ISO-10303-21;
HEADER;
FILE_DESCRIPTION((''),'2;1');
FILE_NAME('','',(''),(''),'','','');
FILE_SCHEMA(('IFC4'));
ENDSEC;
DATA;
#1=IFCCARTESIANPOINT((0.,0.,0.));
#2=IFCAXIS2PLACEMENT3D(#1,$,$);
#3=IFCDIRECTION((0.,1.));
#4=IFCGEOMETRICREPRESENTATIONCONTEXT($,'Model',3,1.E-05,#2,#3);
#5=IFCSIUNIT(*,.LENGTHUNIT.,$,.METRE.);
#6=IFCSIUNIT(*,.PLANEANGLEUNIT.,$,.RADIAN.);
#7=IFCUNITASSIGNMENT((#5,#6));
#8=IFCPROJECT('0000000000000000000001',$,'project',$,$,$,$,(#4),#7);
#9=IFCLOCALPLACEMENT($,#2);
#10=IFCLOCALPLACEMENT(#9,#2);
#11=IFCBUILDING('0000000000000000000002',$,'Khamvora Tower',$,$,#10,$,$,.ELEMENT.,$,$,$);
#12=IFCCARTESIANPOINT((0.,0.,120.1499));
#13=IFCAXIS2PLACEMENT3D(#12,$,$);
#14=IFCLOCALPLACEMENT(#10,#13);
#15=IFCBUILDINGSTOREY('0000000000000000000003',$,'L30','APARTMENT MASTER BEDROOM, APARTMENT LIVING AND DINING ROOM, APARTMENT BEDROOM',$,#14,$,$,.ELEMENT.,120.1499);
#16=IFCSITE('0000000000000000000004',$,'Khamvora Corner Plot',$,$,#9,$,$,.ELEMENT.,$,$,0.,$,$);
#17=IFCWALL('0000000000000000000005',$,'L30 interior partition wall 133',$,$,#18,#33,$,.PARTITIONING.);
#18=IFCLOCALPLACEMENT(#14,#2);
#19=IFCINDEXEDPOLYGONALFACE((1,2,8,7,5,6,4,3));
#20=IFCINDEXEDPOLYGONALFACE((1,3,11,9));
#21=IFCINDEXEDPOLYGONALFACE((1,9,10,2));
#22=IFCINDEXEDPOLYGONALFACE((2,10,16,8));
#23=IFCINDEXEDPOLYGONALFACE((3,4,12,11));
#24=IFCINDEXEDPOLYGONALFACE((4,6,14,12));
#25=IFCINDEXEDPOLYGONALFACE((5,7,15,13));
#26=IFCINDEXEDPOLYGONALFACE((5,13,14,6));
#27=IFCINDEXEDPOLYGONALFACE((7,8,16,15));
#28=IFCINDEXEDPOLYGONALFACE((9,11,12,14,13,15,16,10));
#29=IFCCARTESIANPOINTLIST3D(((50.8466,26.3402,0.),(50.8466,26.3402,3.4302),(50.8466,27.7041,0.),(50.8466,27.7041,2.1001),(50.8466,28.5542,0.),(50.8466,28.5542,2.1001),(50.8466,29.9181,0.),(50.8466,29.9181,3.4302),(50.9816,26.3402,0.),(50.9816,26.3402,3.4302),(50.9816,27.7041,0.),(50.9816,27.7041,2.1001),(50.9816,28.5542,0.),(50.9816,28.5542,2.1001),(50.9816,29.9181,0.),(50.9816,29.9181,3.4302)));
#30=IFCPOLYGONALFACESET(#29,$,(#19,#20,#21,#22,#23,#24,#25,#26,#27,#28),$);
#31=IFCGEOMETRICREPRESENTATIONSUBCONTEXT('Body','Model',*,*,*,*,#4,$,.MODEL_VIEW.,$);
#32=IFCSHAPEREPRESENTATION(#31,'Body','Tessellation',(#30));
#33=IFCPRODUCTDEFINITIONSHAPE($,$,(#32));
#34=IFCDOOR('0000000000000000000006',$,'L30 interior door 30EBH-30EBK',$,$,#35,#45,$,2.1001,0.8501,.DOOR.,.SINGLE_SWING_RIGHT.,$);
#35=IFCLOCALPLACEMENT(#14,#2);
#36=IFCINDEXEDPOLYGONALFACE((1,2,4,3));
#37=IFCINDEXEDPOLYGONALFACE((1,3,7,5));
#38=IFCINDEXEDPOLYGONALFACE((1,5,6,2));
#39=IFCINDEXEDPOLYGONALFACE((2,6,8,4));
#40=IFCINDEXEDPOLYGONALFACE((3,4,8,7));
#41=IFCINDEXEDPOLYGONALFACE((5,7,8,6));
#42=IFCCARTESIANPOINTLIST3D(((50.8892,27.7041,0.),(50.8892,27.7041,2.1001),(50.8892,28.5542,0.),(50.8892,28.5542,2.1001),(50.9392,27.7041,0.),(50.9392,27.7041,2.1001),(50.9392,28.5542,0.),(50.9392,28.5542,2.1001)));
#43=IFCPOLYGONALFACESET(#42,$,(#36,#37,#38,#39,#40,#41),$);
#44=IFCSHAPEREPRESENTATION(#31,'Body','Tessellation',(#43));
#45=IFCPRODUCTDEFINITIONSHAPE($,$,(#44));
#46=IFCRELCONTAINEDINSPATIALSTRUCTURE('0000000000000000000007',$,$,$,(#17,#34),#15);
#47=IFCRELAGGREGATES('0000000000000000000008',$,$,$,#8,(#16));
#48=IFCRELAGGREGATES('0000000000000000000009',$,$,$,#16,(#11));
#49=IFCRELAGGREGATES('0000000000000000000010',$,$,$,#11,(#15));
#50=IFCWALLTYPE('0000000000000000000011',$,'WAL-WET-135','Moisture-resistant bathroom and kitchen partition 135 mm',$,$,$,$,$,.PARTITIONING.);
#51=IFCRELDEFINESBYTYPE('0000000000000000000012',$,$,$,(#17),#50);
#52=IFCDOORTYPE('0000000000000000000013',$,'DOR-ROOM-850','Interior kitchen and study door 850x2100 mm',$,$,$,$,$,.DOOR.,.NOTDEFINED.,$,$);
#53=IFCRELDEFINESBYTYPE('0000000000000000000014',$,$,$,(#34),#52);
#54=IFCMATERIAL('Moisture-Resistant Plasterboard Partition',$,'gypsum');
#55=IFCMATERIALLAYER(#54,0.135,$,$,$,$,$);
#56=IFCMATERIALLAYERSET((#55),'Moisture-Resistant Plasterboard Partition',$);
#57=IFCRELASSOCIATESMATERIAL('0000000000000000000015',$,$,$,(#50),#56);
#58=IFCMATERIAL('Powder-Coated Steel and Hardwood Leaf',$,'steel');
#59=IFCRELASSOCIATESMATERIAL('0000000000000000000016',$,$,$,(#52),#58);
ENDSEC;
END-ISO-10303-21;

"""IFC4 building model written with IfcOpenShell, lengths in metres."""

from ifc_helpers import new_model, si_unit, direction, frame, frame_2d, origin, place, context, subcontext, project, spatial, rectangle, extrude, material, layer, layer_set, type_object, element, fill, save


model = new_model("IFC4")

# Units and contexts
model_context = context("Model", 3, precision=1e-05, world=origin(), true_north=direction((0.0, 1.0)))
body_context = subcontext(model_context, "Body", "Model", "MODEL_VIEW")
ifc_project = project(units=[si_unit("LENGTHUNIT", "METRE"), si_unit("PLANEANGLEUNIT", "RADIAN")], contexts=[model_context])

# Site, building, storey
site_placement = place(None, origin())
site = spatial("IfcSite", under=ifc_project, at=site_placement, Name="Khamvora Corner Plot", CompositionType="ELEMENT", RefElevation=0.0)
building_placement = place(site_placement, origin())
building = spatial("IfcBuilding", under=site, at=building_placement, Name="Khamvora Tower", CompositionType="ELEMENT")
storey_placement = place(building_placement, frame((0.0, 0.0, 120.1499)))
storey = spatial("IfcBuildingStorey", under=building, at=storey_placement, Name="L30", Description="APARTMENT MASTER BEDROOM, APARTMENT LIVING AND DINING ROOM, APARTMENT BEDROOM", CompositionType="ELEMENT", Elevation=120.1499)

# Shared definitions
ifc_material_1 = material(Name="Powder-Coated Steel and Hardwood Leaf", Category="steel")
ifc_material_2 = material(Name="Moisture-Resistant Plasterboard Partition", Category="gypsum")
ifc_layer_1 = layer(ifc_material_2, 0.135)
ifc_layer_set_1 = layer_set([ifc_layer_1], Name="Moisture-Resistant Plasterboard Partition")
wall_type_1 = type_object("IfcWallType", Name="WAL-WET-135", Description="Moisture-resistant bathroom and kitchen partition 135 mm", PredefinedType="PARTITIONING", material=ifc_layer_set_1)

# Wall, opening, door
wall_1_placement = place(storey_placement, frame((50.9141, 26.3401, 0.0), z_axis=(0.0, 0.0, 1.0), x_axis=(0.0, 1.0, 0.0)))
wall_1 = element("IfcWall", 1, at=wall_1_placement, inside=storey, type_object=wall_type_1, Name="L30 interior partition wall 133", PredefinedType="PARTITIONING", context=body_context, shape_type="SweptSolid", body=[
    extrude(rectangle(XDim=3.5779, YDim=0.135, at=frame_2d((1.7891, 0.0))), origin(), (0.0, 0.0, 1.0), 3.4302),
])
opening_1_placement = place(wall_1_placement, frame((1.364, 0.0, 0.0)))
opening_1 = element("IfcOpeningElement", 2, at=opening_1_placement, cuts=wall_1, PredefinedType="OPENING", context=body_context, shape_type="SweptSolid", body=[
    extrude(rectangle(XDim=0.8501, YDim=2.1001, at=frame_2d((0.425, 1.05))), frame((0.0, 0.0774, 0.0), z_axis=(0.0, -1.0, 0.0), x_axis=(1.0, 0.0, 0.0)), (0.0, 0.0, 1.0), 0.155),
])
door_type_1 = type_object("IfcDoorType", Name="DOR-ROOM-850", Description="Interior kitchen and study door 850x2100 mm", OperationType="NOTDEFINED", PredefinedType="DOOR", material=ifc_material_1)
door_1_placement = place(opening_1_placement, origin())
door_1 = element("IfcDoor", 3, at=door_1_placement, inside=storey, type_object=door_type_1, Name="L30 interior door 30EBH-30EBK", OperationType="SINGLE_SWING_RIGHT", OverallHeight=2.1001, OverallWidth=0.8501, PredefinedType="DOOR", context=body_context, shape_type="SweptSolid", body=[
    extrude(rectangle(XDim=0.8501, YDim=2.1001, at=frame_2d((0.425, 1.05))), frame((0.0, 0.0249, 0.0), z_axis=(0.0, -1.0, 0.0), x_axis=(1.0, 0.0, 0.0)), (0.0, 0.0, 1.0), 0.05),
])
fill(opening_1, door_1)

save(model, "model.ifc")
